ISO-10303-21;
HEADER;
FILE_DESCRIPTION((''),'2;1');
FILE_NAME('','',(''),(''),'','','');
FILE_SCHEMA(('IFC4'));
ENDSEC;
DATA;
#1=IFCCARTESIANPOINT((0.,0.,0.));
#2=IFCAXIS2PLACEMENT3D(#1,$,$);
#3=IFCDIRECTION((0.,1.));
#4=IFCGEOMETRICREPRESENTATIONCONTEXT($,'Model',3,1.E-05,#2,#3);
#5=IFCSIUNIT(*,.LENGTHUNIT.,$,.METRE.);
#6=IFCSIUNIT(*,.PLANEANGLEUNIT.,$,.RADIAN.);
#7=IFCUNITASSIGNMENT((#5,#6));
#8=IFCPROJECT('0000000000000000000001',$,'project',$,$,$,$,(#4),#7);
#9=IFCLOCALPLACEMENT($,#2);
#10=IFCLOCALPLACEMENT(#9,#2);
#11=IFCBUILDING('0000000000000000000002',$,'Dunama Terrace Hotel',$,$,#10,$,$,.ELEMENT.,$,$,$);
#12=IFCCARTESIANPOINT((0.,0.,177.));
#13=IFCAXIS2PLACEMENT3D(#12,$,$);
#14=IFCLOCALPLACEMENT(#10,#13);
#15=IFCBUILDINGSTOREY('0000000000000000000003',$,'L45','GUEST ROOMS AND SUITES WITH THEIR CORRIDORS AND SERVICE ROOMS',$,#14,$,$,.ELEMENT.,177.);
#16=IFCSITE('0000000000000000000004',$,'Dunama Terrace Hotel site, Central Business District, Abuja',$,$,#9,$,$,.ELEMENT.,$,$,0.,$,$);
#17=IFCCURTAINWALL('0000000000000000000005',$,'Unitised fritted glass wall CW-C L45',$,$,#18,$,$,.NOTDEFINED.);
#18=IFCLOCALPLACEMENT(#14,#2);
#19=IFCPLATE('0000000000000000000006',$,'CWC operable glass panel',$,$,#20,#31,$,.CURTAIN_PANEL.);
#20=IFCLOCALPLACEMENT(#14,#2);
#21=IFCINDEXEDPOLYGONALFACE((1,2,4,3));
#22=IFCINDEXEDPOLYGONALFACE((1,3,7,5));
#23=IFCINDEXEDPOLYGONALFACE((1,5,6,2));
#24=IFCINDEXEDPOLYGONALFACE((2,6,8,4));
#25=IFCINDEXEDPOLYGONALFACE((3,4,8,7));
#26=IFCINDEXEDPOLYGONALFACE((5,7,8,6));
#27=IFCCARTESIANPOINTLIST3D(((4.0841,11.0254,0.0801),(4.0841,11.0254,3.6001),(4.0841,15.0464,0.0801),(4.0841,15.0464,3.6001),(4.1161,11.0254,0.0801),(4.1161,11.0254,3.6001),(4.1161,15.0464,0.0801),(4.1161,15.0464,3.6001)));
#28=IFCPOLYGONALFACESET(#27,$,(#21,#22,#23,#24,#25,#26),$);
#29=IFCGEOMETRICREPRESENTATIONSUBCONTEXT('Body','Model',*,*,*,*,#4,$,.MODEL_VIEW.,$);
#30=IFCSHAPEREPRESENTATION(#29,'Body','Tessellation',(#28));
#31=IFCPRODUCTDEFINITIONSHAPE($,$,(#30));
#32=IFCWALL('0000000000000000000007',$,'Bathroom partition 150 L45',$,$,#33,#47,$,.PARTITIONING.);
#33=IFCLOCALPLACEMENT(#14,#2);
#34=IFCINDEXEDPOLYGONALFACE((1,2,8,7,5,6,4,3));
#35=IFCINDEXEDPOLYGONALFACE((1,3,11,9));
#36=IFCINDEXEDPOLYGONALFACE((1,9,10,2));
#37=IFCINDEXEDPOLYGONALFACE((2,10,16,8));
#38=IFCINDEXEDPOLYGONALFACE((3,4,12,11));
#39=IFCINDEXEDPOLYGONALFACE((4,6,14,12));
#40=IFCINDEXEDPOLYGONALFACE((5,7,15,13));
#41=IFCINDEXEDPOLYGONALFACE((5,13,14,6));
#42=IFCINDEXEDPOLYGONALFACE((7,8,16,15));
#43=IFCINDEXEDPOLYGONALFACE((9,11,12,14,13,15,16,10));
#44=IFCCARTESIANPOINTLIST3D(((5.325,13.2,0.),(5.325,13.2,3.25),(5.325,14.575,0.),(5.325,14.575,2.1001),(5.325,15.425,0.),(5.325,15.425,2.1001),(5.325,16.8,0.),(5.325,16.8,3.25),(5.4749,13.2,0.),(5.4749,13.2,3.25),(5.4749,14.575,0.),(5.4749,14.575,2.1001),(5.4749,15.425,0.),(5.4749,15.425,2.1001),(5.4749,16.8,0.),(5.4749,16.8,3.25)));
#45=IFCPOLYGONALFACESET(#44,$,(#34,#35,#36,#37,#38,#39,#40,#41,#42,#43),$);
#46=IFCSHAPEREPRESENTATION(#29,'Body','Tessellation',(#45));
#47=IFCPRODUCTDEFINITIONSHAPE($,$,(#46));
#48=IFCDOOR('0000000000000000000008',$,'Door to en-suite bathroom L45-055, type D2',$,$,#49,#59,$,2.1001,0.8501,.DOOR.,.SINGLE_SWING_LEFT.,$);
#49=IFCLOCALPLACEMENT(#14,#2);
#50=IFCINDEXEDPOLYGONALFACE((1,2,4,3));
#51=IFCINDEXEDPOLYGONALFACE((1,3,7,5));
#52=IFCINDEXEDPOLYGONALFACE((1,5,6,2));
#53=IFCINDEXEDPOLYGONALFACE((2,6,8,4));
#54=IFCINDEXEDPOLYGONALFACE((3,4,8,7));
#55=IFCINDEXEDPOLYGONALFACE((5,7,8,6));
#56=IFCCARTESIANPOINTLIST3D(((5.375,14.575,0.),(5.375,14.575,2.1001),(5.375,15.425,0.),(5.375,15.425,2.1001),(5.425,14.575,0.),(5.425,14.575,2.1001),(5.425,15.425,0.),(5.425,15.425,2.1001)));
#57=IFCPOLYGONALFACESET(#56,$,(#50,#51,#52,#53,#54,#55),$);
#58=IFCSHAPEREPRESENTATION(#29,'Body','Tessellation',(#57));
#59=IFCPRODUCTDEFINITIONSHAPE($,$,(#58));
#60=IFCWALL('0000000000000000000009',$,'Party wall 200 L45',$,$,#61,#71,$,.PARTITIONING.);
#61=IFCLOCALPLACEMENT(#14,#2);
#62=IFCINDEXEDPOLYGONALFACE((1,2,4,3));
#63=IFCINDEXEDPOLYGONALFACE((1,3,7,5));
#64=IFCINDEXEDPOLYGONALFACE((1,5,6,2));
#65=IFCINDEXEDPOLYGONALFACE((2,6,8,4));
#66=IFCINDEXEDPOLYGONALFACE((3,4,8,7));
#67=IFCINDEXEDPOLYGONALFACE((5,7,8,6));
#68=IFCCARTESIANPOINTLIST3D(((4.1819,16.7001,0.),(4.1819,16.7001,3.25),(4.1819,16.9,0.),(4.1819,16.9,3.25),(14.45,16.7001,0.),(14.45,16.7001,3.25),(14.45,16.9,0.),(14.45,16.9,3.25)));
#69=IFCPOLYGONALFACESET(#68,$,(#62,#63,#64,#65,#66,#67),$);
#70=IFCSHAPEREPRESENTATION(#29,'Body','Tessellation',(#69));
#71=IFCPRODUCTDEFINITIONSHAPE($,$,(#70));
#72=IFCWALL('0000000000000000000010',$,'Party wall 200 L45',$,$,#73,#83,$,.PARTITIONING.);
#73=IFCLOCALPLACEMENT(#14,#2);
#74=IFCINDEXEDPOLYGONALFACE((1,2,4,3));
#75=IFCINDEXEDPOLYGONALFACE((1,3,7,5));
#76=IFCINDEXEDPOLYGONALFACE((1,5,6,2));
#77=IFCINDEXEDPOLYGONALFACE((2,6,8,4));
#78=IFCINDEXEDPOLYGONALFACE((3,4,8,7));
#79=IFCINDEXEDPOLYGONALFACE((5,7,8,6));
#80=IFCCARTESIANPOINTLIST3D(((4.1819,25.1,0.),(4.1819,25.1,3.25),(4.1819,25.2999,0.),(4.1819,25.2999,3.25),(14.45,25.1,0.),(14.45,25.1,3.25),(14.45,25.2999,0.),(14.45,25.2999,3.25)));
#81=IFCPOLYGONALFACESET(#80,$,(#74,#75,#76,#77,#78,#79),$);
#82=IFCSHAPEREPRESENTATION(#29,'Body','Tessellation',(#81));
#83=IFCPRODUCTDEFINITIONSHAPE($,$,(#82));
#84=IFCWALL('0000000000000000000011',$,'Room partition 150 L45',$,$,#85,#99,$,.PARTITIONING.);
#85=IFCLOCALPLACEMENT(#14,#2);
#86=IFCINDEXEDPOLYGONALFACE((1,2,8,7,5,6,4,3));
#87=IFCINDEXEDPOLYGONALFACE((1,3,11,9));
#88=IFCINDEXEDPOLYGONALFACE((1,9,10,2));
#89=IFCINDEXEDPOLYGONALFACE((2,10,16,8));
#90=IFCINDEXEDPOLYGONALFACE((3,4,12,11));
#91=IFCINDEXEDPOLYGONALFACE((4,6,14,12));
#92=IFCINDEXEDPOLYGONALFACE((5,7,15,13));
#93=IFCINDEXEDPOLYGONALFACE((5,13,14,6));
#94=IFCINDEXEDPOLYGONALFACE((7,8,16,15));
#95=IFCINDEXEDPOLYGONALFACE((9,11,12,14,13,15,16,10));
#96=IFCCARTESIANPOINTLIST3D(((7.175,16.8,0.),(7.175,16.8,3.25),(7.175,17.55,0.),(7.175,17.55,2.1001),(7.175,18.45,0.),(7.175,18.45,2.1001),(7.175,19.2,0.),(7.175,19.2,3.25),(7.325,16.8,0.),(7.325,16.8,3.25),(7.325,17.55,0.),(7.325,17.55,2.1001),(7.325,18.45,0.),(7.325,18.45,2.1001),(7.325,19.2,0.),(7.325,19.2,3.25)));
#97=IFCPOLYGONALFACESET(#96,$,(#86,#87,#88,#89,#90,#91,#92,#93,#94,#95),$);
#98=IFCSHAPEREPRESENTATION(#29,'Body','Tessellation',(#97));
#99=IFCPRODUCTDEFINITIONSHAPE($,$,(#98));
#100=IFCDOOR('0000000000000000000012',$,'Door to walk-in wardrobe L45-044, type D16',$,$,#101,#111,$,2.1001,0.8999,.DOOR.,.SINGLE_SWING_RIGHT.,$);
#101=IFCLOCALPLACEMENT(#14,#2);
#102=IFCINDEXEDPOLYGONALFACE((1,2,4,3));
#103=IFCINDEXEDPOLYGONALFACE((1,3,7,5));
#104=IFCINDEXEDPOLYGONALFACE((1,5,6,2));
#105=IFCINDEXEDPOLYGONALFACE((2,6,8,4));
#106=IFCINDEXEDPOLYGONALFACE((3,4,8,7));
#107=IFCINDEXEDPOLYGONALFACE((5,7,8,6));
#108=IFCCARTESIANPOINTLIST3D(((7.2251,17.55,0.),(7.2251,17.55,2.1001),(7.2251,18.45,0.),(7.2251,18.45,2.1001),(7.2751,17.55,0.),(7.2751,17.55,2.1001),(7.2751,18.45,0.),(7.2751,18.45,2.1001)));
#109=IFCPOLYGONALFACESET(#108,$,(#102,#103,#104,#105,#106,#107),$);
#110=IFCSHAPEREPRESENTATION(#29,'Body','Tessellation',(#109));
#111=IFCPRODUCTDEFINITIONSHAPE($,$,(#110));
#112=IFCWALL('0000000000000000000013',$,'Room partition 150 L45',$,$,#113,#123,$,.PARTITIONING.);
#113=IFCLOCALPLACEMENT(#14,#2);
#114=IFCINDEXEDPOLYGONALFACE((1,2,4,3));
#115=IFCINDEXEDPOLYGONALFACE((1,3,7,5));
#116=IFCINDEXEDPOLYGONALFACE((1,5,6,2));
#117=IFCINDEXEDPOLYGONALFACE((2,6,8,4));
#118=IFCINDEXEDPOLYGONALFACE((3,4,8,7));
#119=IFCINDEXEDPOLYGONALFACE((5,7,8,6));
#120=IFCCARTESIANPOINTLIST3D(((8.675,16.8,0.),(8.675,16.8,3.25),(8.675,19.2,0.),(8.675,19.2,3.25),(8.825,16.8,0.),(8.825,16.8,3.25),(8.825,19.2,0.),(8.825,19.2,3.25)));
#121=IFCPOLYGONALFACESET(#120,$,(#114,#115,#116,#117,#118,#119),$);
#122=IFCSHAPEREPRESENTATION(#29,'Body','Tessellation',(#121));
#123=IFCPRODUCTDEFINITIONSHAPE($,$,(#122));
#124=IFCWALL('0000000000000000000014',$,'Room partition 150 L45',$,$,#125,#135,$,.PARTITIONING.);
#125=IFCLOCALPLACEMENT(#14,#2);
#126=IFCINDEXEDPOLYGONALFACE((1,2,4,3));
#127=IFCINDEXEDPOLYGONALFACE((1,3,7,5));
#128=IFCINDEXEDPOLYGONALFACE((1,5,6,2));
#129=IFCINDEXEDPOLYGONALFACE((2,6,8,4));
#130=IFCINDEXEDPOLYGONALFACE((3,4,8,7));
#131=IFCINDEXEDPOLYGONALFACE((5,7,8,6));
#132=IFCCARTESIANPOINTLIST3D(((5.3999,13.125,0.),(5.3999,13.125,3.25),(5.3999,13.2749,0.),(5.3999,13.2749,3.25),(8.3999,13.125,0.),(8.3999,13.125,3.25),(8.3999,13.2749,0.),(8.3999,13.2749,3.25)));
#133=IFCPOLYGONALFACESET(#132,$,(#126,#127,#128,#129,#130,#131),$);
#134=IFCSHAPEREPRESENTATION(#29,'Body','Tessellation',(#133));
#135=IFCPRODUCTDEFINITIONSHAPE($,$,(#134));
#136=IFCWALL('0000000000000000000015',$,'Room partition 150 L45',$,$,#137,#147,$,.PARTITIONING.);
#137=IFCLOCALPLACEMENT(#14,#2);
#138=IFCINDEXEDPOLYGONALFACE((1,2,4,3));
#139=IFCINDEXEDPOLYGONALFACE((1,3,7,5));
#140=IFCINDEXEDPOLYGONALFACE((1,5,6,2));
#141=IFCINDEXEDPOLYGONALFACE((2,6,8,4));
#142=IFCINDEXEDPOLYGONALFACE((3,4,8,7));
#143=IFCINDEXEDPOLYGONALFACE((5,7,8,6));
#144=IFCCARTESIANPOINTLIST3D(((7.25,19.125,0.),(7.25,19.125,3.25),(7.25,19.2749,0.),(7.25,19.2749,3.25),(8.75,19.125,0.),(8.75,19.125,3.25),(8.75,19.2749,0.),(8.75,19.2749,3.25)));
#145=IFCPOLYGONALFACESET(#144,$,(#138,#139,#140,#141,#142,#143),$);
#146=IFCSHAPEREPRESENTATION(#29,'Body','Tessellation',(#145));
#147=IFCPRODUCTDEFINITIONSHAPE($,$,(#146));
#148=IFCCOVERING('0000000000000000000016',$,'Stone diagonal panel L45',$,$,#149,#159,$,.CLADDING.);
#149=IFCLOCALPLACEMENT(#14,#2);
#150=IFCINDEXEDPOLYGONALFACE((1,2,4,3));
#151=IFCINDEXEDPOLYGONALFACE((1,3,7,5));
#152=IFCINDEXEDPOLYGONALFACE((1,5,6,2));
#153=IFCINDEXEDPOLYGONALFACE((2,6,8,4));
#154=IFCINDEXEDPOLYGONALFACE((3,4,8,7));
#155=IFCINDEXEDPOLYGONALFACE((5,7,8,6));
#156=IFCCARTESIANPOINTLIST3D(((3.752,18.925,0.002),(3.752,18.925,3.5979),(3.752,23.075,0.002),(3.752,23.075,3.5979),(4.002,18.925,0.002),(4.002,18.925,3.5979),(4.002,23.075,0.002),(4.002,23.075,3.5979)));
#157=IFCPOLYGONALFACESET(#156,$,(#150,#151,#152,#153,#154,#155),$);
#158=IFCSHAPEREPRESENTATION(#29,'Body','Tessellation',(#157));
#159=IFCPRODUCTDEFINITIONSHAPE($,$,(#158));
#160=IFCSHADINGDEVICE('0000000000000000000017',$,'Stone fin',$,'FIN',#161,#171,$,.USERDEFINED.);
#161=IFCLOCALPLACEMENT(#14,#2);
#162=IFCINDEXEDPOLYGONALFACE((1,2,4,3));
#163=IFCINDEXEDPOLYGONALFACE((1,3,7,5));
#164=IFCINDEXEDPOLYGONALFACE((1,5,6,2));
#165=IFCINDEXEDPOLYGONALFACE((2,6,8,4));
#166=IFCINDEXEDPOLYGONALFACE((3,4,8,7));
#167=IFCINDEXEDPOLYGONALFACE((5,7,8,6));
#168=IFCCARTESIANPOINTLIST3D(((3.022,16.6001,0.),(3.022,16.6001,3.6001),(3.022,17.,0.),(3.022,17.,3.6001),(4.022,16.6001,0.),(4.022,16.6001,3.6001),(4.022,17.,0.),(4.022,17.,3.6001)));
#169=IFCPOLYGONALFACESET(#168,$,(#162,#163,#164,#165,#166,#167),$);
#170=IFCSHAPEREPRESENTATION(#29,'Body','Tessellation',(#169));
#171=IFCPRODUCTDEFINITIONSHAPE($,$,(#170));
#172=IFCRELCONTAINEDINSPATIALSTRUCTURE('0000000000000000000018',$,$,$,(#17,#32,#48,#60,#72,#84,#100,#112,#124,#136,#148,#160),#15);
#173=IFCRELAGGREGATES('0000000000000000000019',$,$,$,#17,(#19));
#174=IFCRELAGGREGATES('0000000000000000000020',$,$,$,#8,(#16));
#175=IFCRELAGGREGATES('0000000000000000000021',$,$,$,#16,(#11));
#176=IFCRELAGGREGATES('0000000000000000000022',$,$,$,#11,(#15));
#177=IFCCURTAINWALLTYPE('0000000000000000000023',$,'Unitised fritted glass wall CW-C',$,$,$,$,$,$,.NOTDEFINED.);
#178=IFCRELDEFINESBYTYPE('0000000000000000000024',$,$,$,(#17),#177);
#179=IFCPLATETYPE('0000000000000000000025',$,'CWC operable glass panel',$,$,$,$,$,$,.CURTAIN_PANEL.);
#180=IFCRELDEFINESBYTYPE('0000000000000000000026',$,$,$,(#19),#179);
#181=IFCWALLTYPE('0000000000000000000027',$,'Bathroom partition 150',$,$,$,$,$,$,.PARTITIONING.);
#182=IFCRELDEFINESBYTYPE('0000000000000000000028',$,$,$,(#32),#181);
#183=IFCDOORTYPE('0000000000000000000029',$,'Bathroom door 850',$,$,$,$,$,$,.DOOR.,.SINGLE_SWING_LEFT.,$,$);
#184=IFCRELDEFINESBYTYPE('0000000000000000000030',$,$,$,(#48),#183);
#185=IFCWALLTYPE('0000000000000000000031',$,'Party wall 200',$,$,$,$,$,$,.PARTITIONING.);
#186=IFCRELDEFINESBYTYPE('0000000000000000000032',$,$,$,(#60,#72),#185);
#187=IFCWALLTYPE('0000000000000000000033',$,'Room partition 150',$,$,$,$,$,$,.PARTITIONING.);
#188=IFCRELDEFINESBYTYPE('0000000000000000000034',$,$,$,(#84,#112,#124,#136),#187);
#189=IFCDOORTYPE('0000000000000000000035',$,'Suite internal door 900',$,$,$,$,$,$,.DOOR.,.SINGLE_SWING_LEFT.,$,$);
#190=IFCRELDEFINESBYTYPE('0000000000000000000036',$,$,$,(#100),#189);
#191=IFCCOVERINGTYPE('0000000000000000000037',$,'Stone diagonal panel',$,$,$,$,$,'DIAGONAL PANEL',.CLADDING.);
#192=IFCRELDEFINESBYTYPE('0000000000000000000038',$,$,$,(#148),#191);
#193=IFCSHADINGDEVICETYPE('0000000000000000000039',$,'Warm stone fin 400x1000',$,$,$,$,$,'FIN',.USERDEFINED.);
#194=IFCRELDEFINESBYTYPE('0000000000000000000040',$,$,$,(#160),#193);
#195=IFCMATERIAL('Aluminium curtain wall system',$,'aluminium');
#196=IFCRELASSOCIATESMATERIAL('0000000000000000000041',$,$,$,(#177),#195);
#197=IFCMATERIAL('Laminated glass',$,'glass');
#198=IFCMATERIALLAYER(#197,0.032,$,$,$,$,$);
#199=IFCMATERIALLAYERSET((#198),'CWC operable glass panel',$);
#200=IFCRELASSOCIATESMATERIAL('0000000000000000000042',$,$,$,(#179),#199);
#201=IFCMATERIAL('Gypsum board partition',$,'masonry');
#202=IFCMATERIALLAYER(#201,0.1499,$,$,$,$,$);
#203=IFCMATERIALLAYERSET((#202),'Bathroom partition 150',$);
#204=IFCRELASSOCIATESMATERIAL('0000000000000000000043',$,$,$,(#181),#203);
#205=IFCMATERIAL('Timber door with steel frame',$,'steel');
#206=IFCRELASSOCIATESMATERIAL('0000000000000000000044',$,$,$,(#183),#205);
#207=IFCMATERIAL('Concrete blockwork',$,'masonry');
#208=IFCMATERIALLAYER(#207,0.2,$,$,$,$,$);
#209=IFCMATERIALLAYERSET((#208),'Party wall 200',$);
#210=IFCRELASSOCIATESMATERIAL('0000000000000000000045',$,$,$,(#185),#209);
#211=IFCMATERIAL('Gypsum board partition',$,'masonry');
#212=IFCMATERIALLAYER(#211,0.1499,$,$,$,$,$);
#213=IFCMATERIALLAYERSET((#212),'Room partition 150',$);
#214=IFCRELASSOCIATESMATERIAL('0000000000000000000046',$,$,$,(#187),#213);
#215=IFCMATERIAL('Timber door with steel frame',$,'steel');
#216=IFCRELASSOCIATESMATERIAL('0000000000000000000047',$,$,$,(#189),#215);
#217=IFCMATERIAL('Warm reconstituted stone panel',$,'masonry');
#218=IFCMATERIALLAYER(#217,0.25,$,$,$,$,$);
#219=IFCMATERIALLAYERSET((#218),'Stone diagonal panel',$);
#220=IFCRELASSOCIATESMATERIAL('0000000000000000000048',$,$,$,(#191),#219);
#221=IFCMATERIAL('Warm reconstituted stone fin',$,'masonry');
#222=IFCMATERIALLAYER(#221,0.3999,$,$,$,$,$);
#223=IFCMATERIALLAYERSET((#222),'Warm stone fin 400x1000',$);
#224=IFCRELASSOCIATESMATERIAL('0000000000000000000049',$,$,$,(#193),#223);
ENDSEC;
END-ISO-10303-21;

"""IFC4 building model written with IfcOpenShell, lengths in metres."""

from ifc_helpers import new_model, si_unit, direction, frame, frame_2d, origin, origin_2d, place, context, subcontext, project, spatial, rectangle, extrude, material, layer, layer_set, type_object, element, fill, aggregate, save


model = new_model("IFC4")

# Units and contexts
model_context = context("Model", 3, precision=1e-05, world=origin(), true_north=direction((0.0, 1.0)))
body_context = subcontext(model_context, "Body", "Model", "MODEL_VIEW")
ifc_project = project(units=[si_unit("LENGTHUNIT", "METRE"), si_unit("PLANEANGLEUNIT", "RADIAN")], contexts=[model_context])

# Site, building, storey
site_placement = place(None, origin())
site = spatial("IfcSite", under=ifc_project, at=site_placement, Name="Dunama Terrace Hotel site, Central Business District, Abuja", CompositionType="ELEMENT", RefElevation=0.0)
building_placement = place(site_placement, origin())
building = spatial("IfcBuilding", under=site, at=building_placement, Name="Dunama Terrace Hotel", CompositionType="ELEMENT")
storey_placement = place(building_placement, frame((0.0, 0.0, 177.0)))
storey = spatial("IfcBuildingStorey", under=building, at=storey_placement, Name="L45", Description="GUEST ROOMS AND SUITES WITH THEIR CORRIDORS AND SERVICE ROOMS", CompositionType="ELEMENT", Elevation=177.0)

# Curtain wall
ifc_material_1 = material(Name="Aluminium curtain wall system", Category="aluminium")
curtain_wall_type = type_object("IfcCurtainWallType", Name="Unitised fritted glass wall CW-C", PredefinedType="NOTDEFINED", material=ifc_material_1)
curtain_wall_placement = place(storey_placement, origin())
curtain_wall = element("IfcCurtainWall", 1, at=curtain_wall_placement, inside=storey, type_object=curtain_wall_type, Name="Unitised fritted glass wall CW-C L45", PredefinedType="NOTDEFINED")

# Plate
ifc_material_2 = material(Name="Laminated glass", Category="glass")
ifc_layer_1 = layer(ifc_material_2, 0.032)
ifc_layer_set_1 = layer_set([ifc_layer_1], Name="CWC operable glass panel")
plate_type_1 = type_object("IfcPlateType", Name="CWC operable glass panel", PredefinedType="CURTAIN_PANEL", material=ifc_layer_set_1)
plate_1_placement = place(storey_placement, frame((4.1001, 13.0359, 0.0801), z_axis=(0.0, 0.0, 1.0), x_axis=(0.0, -1.0, 0.0)))
plate_1 = element("IfcPlate", 2, at=plate_1_placement, type_object=plate_type_1, Name="CWC operable glass panel", PredefinedType="CURTAIN_PANEL", context=body_context, shape_type="SweptSolid", body=[
    extrude(rectangle(XDim=4.021, YDim=0.032, at=origin_2d()), origin(), (0.0, 0.0, 1.0), 3.52),
])
aggregate(curtain_wall, [plate_1])

# Wall, opening, door
ifc_material_3 = material(Name="Gypsum board partition", Category="masonry")
ifc_layer_2 = layer(ifc_material_3, 0.1499)
ifc_layer_set_2 = layer_set([ifc_layer_2], Name="Bathroom partition 150")
wall_type_1 = type_object("IfcWallType", Name="Bathroom partition 150", PredefinedType="PARTITIONING", material=ifc_layer_set_2)
wall_1_placement = place(storey_placement, frame((5.3999, 13.2, 0.0), z_axis=(0.0, 0.0, 1.0), x_axis=(0.0, 1.0, 0.0)))
wall_1 = element("IfcWall", 3, at=wall_1_placement, inside=storey, type_object=wall_type_1, Name="Bathroom partition 150 L45", PredefinedType="PARTITIONING", context=body_context, shape_type="SweptSolid", body=[
    extrude(rectangle(XDim=3.6001, YDim=0.1499, at=frame_2d((1.8, 0.0))), origin(), (0.0, 0.0, 1.0), 3.25),
])
opening_1_placement = place(wall_1_placement, frame((1.375, 0.0, 0.0)))
opening_1 = element("IfcOpeningElement", 4, at=opening_1_placement, cuts=wall_1, PredefinedType="OPENING", context=body_context, shape_type="SweptSolid", body=[
    extrude(rectangle(XDim=0.8501, YDim=2.1001, at=frame_2d((0.425, 1.05))), frame((0.0, 0.085, 0.0), z_axis=(0.0, -1.0, 0.0), x_axis=(1.0, 0.0, 0.0)), (0.0, 0.0, 1.0), 0.1699),
])
ifc_material_4 = material(Name="Timber door with steel frame", Category="steel")
door_type_1 = type_object("IfcDoorType", Name="Bathroom door 850", OperationType="SINGLE_SWING_LEFT", PredefinedType="DOOR", material=ifc_material_4)
door_1_placement = place(opening_1_placement, frame((0.8501, 0.0, 0.0), z_axis=(0.0, 0.0, 1.0), x_axis=(-1.0, 0.0, 0.0)))
door_1 = element("IfcDoor", 5, at=door_1_placement, inside=storey, type_object=door_type_1, Name="Door to en-suite bathroom L45-055, type D2", OperationType="SINGLE_SWING_LEFT", OverallHeight=2.1001, OverallWidth=0.8501, PredefinedType="DOOR", context=body_context, shape_type="SweptSolid", body=[
    extrude(rectangle(XDim=0.8501, YDim=2.1001, at=frame_2d((0.425, 1.05))), frame((0.0, 0.0251, 0.0), z_axis=(0.0, -1.0, 0.0), x_axis=(1.0, 0.0, 0.0)), (0.0, 0.0, 1.0), 0.05),
])
fill(opening_1, door_1)

# Walls
ifc_material_5 = material(Name="Concrete blockwork", Category="masonry")
ifc_layer_3 = layer(ifc_material_5, 0.2)
ifc_layer_set_3 = layer_set([ifc_layer_3], Name="Party wall 200")
wall_type_2 = type_object("IfcWallType", Name="Party wall 200", PredefinedType="PARTITIONING", material=ifc_layer_set_3)
for number, where, z_axis, x_axis, name in (
    (6, (4.1819, 16.8, 0.0), (0.0, 0.0, 1.0), (1.0, 0.0, 0.0), "Party wall 200 L45"),
    (7, (4.1819, 25.2, 0.0), (0.0, 0.0, 1.0), (1.0, 0.0, 0.0), "Party wall 200 L45"),
):
    element("IfcWall", number, at=place(storey_placement, frame(where, z_axis=z_axis, x_axis=x_axis)), inside=storey, type_object=wall_type_2, Name=name, PredefinedType="PARTITIONING", context=body_context, shape_type="SweptSolid", body=[
        extrude(rectangle(XDim=10.2681, YDim=0.2, at=frame_2d((5.134, 0.0))), origin(), (0.0, 0.0, 1.0), 3.25),
    ])

# Wall, opening, door
ifc_material_6 = material(Name="Gypsum board partition", Category="masonry")
ifc_layer_4 = layer(ifc_material_6, 0.1499)
ifc_layer_set_4 = layer_set([ifc_layer_4], Name="Room partition 150")
wall_type_3 = type_object("IfcWallType", Name="Room partition 150", PredefinedType="PARTITIONING", material=ifc_layer_set_4)
wall_2_placement = place(storey_placement, frame((7.25, 16.8, 0.0), z_axis=(0.0, 0.0, 1.0), x_axis=(0.0, 1.0, 0.0)))
wall_2 = element("IfcWall", 8, at=wall_2_placement, inside=storey, type_object=wall_type_3, Name="Room partition 150 L45", PredefinedType="PARTITIONING", context=body_context, shape_type="SweptSolid", body=[
    extrude(rectangle(XDim=2.3999, YDim=0.1499, at=frame_2d((1.2, 0.0))), origin(), (0.0, 0.0, 1.0), 3.25),
])
opening_2_placement = place(wall_2_placement, frame((0.75, 0.0, 0.0)))
opening_2 = element("IfcOpeningElement", 9, at=opening_2_placement, cuts=wall_2, PredefinedType="OPENING", context=body_context, shape_type="SweptSolid", body=[
    extrude(rectangle(XDim=0.8999, YDim=2.1001, at=frame_2d((0.45, 1.05))), frame((0.0, 0.085, 0.0), z_axis=(0.0, -1.0, 0.0), x_axis=(1.0, 0.0, 0.0)), (0.0, 0.0, 1.0), 0.1699),
])
ifc_material_7 = material(Name="Timber door with steel frame", Category="steel")
door_type_2 = type_object("IfcDoorType", Name="Suite internal door 900", OperationType="SINGLE_SWING_LEFT", PredefinedType="DOOR", material=ifc_material_7)
door_2_placement = place(opening_2_placement, frame((0.8999, 0.0, 0.0), z_axis=(0.0, 0.0, 1.0), x_axis=(-1.0, 0.0, 0.0)))
door_2 = element("IfcDoor", 10, at=door_2_placement, inside=storey, type_object=door_type_2, Name="Door to walk-in wardrobe L45-044, type D16", OperationType="SINGLE_SWING_RIGHT", OverallHeight=2.1001, OverallWidth=0.8999, PredefinedType="DOOR", context=body_context, shape_type="SweptSolid", body=[
    extrude(rectangle(XDim=0.8999, YDim=2.1001, at=frame_2d((0.45, 1.05))), frame((0.0, 0.0251, 0.0), z_axis=(0.0, -1.0, 0.0), x_axis=(1.0, 0.0, 0.0)), (0.0, 0.0, 1.0), 0.05),
])
fill(opening_2, door_2)

# Walls
wall_3_placement = place(storey_placement, frame((8.75, 16.8, 0.0), z_axis=(0.0, 0.0, 1.0), x_axis=(0.0, 1.0, 0.0)))
element("IfcWall", 11, at=wall_3_placement, inside=storey, type_object=wall_type_3, Name="Room partition 150 L45", PredefinedType="PARTITIONING", context=body_context, shape_type="SweptSolid", body=[
    extrude(rectangle(XDim=2.3999, YDim=0.1499, at=frame_2d((1.2, 0.0))), origin(), (0.0, 0.0, 1.0), 3.25),
])
wall_4_placement = place(storey_placement, frame((5.3999, 13.2, 0.0), z_axis=(0.0, 0.0, 1.0), x_axis=(1.0, 0.0, 0.0)))
element("IfcWall", 12, at=wall_4_placement, inside=storey, type_object=wall_type_3, Name="Room partition 150 L45", PredefinedType="PARTITIONING", context=body_context, shape_type="SweptSolid", body=[
    extrude(rectangle(XDim=3.0, YDim=0.1499, at=frame_2d((1.5, 0.0))), origin(), (0.0, 0.0, 1.0), 3.25),
])
wall_5_placement = place(storey_placement, frame((7.25, 19.2, 0.0), z_axis=(0.0, 0.0, 1.0), x_axis=(1.0, 0.0, 0.0)))
element("IfcWall", 13, at=wall_5_placement, inside=storey, type_object=wall_type_3, Name="Room partition 150 L45", PredefinedType="PARTITIONING", context=body_context, shape_type="SweptSolid", body=[
    extrude(rectangle(XDim=1.5, YDim=0.1499, at=frame_2d((0.75, 0.0))), origin(), (0.0, 0.0, 1.0), 3.25),
])

# Covering
ifc_material_8 = material(Name="Warm reconstituted stone panel", Category="masonry")
ifc_layer_5 = layer(ifc_material_8, 0.25)
ifc_layer_set_5 = layer_set([ifc_layer_5], Name="Stone diagonal panel")
covering_type = type_object("IfcCoveringType", Name="Stone diagonal panel", ElementType="DIAGONAL PANEL", PredefinedType="CLADDING", material=ifc_layer_set_5)
covering_placement = place(storey_placement, frame((3.877, 21.0, 0.002), z_axis=(0.0, 0.0, 1.0), x_axis=(0.0, -1.0, 0.0)))
element("IfcCovering", 14, at=covering_placement, inside=storey, type_object=covering_type, Name="Stone diagonal panel L45", PredefinedType="CLADDING", context=body_context, shape_type="SweptSolid", body=[
    extrude(rectangle(XDim=4.1499, YDim=0.25, at=origin_2d()), origin(), (0.0, 0.0, 1.0), 3.5959),
])

# Shading device
ifc_material_9 = material(Name="Warm reconstituted stone fin", Category="masonry")
ifc_layer_6 = layer(ifc_material_9, 0.3999)
ifc_layer_set_6 = layer_set([ifc_layer_6], Name="Warm stone fin 400x1000")
shading_device_type = type_object("IfcShadingDeviceType", Name="Warm stone fin 400x1000", ElementType="FIN", PredefinedType="USERDEFINED", material=ifc_layer_set_6)
shading_device_placement = place(storey_placement, frame((3.522, 16.8, 0.0), z_axis=(0.0, 0.0, 1.0), x_axis=(0.0, -1.0, 0.0)))
element("IfcShadingDevice", 15, at=shading_device_placement, inside=storey, type_object=shading_device_type, Name="Stone fin", ObjectType="FIN", PredefinedType="USERDEFINED", context=body_context, shape_type="SweptSolid", body=[
    extrude(rectangle(XDim=0.3999, YDim=1.0, at=origin_2d()), origin(), (0.0, 0.0, 1.0), 3.6001),
])

save(model, "model.ifc")
